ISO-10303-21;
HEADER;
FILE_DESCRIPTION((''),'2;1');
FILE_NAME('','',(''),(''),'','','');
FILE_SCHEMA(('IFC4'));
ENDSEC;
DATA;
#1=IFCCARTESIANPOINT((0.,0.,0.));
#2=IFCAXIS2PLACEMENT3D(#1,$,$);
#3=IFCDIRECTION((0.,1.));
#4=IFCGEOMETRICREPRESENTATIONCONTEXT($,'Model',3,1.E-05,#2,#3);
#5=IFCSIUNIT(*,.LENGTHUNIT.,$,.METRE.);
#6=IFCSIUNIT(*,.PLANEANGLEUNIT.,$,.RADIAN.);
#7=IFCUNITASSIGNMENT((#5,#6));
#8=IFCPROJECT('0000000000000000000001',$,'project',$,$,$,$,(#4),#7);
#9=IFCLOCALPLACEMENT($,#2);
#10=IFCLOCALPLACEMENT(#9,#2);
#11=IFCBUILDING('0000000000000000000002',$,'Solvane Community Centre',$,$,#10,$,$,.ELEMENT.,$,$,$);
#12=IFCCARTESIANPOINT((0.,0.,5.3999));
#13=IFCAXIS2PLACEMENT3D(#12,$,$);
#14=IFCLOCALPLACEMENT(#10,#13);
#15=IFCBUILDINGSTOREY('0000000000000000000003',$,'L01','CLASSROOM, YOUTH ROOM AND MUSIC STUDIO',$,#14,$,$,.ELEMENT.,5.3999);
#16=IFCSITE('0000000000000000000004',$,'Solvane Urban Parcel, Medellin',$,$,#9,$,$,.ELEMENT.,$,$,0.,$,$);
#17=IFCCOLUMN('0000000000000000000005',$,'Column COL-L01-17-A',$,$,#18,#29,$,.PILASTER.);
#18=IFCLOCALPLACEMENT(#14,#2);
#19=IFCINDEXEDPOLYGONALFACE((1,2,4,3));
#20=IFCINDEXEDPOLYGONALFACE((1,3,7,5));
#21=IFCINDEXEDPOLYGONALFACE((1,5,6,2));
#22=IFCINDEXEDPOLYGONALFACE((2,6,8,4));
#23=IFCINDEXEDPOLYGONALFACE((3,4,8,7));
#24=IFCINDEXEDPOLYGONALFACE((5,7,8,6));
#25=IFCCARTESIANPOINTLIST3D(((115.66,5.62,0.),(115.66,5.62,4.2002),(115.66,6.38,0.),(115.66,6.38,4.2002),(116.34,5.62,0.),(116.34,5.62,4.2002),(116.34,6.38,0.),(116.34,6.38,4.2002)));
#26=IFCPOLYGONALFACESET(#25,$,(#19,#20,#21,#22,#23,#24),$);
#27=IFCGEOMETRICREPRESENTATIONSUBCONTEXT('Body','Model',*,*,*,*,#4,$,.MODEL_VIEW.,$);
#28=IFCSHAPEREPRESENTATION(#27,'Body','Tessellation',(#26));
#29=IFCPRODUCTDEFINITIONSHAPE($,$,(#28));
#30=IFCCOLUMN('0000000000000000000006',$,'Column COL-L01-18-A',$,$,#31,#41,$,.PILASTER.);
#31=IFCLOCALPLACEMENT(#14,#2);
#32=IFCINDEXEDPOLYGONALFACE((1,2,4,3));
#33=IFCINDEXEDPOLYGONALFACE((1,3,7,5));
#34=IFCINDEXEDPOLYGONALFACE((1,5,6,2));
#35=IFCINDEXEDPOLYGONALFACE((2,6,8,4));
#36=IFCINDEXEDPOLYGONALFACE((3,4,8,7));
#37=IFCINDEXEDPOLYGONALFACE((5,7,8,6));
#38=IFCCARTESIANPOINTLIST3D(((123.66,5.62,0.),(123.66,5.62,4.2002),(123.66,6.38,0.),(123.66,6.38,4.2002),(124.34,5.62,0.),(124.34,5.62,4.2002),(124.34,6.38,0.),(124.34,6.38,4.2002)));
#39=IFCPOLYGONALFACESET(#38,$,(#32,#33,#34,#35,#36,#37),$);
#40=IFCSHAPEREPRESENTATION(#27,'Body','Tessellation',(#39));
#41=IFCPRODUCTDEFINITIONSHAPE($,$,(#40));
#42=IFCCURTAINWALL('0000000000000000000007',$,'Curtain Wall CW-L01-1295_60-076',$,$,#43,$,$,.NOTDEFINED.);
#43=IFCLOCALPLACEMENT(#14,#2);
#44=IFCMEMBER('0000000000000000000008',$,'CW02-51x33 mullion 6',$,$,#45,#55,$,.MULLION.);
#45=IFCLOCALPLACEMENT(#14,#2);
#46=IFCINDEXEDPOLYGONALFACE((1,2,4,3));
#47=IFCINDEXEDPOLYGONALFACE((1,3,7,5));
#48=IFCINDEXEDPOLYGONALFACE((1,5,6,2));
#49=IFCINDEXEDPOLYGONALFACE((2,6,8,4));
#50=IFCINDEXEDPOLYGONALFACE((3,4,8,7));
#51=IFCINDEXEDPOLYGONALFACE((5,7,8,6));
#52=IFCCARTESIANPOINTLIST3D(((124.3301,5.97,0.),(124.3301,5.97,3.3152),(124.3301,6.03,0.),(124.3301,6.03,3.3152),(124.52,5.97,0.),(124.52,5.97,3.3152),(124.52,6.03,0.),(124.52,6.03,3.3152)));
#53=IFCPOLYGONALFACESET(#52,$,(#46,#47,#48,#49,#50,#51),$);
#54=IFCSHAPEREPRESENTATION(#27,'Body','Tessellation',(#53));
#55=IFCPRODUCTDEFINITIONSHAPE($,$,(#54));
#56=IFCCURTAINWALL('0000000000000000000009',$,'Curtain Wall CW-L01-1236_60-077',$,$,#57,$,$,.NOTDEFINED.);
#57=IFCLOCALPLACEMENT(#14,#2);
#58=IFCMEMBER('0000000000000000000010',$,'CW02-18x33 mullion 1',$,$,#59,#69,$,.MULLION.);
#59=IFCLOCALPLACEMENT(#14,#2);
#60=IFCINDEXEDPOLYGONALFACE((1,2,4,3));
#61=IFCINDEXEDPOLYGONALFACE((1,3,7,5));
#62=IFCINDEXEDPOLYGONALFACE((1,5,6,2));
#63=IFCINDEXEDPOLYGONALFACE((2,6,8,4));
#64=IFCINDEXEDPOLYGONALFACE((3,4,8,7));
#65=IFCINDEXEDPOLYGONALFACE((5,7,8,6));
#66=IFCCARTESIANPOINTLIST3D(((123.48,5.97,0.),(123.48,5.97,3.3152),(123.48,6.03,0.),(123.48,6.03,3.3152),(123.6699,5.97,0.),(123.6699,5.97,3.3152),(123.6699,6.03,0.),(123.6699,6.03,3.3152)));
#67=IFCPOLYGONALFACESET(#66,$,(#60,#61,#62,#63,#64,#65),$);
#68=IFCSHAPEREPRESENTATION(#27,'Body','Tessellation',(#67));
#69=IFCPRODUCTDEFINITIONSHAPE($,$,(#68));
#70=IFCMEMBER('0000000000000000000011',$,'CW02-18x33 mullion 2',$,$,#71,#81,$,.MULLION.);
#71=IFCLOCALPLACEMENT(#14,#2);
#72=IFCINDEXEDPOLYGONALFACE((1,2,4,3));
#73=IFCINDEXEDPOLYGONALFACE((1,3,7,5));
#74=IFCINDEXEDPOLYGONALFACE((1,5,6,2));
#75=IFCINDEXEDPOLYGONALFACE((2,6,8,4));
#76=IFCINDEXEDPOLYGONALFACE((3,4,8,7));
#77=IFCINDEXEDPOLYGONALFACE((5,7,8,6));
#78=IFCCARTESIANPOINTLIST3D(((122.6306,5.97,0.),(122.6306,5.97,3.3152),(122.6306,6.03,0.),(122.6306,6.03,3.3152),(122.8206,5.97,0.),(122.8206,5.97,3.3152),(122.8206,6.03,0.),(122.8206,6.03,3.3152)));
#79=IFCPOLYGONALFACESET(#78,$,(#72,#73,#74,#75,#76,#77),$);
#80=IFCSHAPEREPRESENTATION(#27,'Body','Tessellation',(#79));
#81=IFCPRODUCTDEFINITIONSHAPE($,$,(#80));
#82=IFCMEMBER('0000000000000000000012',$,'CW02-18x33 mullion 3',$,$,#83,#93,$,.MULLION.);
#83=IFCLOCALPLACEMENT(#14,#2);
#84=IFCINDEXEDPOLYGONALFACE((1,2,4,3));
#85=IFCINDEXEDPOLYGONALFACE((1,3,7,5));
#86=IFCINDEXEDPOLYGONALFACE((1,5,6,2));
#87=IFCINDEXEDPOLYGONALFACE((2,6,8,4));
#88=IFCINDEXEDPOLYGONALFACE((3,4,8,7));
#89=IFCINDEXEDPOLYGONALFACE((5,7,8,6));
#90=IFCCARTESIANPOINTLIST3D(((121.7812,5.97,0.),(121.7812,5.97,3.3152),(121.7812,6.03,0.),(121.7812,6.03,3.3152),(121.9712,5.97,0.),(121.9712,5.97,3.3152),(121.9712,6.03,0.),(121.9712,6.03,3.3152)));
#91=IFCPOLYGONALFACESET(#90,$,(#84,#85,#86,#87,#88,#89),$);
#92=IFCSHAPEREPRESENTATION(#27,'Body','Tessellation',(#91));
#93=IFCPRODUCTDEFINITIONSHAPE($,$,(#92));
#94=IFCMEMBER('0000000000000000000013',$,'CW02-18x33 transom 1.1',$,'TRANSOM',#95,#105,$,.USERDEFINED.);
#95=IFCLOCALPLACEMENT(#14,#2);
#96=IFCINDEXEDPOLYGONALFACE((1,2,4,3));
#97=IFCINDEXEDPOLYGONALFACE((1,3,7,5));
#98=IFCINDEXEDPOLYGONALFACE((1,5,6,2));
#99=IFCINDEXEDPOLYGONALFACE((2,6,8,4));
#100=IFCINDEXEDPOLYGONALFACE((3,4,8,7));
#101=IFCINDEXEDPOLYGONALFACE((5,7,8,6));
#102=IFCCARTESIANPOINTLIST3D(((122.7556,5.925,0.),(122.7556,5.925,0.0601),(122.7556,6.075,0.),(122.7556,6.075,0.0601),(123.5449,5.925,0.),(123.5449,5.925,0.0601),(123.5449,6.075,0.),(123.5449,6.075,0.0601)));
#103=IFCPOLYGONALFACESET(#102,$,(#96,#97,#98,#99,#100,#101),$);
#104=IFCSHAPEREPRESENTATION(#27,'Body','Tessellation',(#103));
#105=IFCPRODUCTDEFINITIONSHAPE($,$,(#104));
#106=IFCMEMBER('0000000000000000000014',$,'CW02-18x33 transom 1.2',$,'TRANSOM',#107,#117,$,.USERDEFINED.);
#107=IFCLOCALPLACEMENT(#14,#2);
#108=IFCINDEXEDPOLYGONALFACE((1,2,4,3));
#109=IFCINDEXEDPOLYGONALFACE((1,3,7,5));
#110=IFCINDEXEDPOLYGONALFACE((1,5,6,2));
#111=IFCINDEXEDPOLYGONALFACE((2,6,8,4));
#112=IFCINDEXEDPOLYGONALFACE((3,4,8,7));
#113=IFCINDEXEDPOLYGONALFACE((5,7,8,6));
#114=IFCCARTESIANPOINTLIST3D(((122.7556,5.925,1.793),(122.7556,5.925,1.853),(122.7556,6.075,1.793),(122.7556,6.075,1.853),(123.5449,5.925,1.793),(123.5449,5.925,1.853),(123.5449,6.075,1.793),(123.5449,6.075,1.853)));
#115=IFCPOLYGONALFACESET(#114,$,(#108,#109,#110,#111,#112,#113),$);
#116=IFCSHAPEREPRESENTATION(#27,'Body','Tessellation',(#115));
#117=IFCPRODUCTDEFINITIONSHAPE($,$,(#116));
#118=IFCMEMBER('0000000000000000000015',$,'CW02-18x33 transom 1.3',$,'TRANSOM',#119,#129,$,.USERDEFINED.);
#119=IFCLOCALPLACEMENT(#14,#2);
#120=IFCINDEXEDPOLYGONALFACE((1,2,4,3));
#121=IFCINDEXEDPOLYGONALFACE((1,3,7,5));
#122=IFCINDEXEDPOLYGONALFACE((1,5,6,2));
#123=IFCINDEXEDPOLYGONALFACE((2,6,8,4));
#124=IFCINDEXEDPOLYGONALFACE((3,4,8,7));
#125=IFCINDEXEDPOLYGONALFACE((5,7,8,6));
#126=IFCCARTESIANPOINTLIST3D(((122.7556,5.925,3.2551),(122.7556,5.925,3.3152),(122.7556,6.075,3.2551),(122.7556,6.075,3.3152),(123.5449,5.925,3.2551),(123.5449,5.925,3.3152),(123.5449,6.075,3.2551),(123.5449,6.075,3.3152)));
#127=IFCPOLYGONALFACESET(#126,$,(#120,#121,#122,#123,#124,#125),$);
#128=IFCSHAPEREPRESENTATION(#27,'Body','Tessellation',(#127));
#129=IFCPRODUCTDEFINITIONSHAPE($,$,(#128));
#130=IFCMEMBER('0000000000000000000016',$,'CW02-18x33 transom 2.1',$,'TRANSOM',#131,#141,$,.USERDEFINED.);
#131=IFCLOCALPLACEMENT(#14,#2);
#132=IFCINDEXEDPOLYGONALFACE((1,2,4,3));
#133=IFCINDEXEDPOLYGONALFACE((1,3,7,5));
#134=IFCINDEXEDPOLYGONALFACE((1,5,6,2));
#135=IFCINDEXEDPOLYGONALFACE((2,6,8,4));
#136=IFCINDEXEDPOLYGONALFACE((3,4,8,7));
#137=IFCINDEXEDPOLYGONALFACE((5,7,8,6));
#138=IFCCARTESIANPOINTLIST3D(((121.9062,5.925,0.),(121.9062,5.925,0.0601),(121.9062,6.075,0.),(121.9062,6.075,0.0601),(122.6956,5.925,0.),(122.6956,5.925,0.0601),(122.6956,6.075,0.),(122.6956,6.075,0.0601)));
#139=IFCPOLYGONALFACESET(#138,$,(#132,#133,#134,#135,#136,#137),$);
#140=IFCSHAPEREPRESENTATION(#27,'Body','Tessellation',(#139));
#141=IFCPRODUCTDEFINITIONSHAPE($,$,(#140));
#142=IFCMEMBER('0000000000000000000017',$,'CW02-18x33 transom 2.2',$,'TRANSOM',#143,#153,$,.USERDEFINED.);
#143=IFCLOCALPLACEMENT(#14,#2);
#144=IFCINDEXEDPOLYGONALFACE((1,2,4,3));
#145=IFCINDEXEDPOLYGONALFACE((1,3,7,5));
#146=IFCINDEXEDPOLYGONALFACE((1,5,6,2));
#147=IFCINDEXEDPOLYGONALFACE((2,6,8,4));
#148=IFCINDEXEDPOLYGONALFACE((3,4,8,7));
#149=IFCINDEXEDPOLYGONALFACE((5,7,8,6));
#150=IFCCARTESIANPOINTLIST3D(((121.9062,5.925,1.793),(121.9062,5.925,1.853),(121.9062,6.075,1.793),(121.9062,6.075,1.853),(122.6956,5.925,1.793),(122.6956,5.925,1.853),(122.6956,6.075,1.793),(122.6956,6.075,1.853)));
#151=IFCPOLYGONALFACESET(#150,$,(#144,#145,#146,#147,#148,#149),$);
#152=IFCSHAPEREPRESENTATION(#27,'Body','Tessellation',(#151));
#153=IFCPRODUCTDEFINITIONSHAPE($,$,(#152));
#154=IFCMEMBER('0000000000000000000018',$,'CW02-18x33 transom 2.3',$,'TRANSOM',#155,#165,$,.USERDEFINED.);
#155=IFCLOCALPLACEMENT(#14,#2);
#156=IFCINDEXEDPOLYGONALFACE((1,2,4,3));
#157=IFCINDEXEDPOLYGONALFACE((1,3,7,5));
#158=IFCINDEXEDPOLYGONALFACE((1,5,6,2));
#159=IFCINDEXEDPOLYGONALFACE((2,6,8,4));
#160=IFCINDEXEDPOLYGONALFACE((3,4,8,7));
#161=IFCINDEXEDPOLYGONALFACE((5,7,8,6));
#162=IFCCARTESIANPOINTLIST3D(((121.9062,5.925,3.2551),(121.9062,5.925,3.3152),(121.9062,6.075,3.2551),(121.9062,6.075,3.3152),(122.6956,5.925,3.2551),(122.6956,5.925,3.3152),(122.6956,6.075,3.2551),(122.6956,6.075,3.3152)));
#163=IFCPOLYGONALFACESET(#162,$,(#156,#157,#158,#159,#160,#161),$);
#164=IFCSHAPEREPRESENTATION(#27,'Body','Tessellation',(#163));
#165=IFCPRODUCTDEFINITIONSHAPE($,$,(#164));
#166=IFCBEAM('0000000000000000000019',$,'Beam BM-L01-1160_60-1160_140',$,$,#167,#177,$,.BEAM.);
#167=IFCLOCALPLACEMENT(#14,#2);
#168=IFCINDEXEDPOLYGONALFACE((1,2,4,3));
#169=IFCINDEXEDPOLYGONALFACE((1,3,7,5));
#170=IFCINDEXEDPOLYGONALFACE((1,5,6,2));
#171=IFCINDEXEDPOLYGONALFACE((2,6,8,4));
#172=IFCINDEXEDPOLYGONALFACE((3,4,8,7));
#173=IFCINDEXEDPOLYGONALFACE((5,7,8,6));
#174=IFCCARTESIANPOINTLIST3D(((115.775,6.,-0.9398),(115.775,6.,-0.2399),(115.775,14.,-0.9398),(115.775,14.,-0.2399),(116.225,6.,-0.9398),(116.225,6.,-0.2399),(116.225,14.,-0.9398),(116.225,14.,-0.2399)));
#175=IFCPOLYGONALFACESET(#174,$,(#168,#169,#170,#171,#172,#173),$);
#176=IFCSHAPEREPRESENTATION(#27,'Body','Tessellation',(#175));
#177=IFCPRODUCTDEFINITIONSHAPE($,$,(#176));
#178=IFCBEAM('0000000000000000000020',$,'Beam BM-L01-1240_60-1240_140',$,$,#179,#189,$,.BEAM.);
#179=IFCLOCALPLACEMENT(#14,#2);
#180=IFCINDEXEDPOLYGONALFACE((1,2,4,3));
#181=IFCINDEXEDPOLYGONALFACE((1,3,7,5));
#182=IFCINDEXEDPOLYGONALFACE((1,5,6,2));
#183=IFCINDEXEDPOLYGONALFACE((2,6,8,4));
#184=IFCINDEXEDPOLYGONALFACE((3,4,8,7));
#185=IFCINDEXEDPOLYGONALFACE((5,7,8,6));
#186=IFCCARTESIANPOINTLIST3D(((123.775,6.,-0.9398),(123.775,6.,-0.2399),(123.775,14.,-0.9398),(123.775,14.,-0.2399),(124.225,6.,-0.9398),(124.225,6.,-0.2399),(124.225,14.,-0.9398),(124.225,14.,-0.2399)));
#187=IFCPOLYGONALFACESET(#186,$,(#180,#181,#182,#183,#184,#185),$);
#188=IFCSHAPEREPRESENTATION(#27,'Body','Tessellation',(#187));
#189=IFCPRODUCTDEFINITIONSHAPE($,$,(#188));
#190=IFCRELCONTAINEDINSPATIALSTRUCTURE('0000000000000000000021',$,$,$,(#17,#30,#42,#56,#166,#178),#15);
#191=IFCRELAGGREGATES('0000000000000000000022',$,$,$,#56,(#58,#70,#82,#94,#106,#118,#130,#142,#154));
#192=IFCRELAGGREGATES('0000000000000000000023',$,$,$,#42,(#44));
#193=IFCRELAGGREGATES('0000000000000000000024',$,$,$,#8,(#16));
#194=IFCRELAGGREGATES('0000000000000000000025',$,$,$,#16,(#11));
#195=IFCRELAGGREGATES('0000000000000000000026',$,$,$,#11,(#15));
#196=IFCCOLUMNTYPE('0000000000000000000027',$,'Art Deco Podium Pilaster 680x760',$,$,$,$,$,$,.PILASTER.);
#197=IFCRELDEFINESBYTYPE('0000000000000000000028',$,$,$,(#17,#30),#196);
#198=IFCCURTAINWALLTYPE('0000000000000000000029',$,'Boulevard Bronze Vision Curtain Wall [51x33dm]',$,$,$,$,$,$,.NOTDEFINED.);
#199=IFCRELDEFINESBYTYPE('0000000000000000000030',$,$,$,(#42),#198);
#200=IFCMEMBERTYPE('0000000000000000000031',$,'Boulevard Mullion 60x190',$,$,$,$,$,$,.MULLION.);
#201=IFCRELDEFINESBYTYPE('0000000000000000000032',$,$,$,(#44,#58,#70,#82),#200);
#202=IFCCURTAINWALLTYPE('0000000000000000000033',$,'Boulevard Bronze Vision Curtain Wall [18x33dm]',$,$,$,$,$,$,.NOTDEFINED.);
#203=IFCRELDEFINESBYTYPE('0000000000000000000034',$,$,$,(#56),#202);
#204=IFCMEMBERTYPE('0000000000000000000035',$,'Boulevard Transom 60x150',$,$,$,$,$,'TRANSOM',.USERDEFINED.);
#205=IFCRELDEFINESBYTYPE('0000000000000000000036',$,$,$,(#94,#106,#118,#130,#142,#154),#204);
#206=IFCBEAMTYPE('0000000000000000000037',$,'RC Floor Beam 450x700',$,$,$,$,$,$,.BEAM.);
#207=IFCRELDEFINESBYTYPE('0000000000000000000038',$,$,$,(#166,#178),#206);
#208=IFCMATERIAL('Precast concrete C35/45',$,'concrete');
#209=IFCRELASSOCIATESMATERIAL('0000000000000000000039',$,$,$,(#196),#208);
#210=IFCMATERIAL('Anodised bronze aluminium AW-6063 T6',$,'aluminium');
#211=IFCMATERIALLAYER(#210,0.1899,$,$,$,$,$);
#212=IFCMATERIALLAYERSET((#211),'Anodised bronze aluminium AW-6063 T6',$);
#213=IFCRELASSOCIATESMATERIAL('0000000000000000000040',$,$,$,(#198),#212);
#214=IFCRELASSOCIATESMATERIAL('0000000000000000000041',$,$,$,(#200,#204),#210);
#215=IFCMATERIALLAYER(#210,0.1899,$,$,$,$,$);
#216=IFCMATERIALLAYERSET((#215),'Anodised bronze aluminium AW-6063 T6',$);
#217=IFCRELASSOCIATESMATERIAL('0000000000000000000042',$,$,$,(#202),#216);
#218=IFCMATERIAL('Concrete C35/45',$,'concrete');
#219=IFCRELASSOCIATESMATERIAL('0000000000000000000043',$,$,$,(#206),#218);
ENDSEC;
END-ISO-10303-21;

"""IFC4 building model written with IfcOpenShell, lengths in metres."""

from ifc_helpers import new_model, si_unit, direction, frame, origin, origin_2d, place, context, subcontext, project, spatial, rectangle, extrude, material, layer, layer_set, material_profile, profile_set, type_object, element, aggregate, save


model = new_model("IFC4")

# Units and contexts
model_context = context("Model", 3, precision=1e-05, world=origin(), true_north=direction((0.0, 1.0)))
body_context = subcontext(model_context, "Body", "Model", "MODEL_VIEW")
ifc_project = project(units=[si_unit("LENGTHUNIT", "METRE"), si_unit("PLANEANGLEUNIT", "RADIAN")], contexts=[model_context])

# Site, building, storey
site_placement = place(None, origin())
site = spatial("IfcSite", under=ifc_project, at=site_placement, Name="Solvane Urban Parcel, Medellin", CompositionType="ELEMENT", RefElevation=0.0)
building_placement = place(site_placement, origin())
building = spatial("IfcBuilding", under=site, at=building_placement, Name="Solvane Community Centre", CompositionType="ELEMENT")
storey_placement = place(building_placement, frame((0.0, 0.0, 5.3999)))
storey = spatial("IfcBuildingStorey", under=building, at=storey_placement, Name="L01", Description="CLASSROOM, YOUTH ROOM AND MUSIC STUDIO", CompositionType="ELEMENT", Elevation=5.3999)

# Columns
ifc_material_1 = material(Name="Precast concrete C35/45", Category="concrete")
ifc_material_profile_1 = material_profile(ifc_material_1, rectangle(XDim=0.6799, YDim=0.76, at=origin_2d()), Name="RC 680x760")
ifc_profile_set_1 = profile_set([ifc_material_profile_1], Name="Precast concrete C35/45")
column_type = type_object("IfcColumnType", Name="Art Deco Podium Pilaster 680x760", PredefinedType="PILASTER", material=ifc_profile_set_1)
for number, where, z_axis, x_axis, name in (
    (1, (116.0, 6.0, 0.0), (0.0, 0.0, 1.0), (1.0, 0.0, 0.0), "Column COL-L01-17-A"),
    (2, (124.0, 6.0, 0.0), (0.0, 0.0, 1.0), (1.0, 0.0, 0.0), "Column COL-L01-18-A"),
):
    element("IfcColumn", number, at=place(storey_placement, frame(where, z_axis=z_axis, x_axis=x_axis)), inside=storey, type_object=column_type, Name=name, PredefinedType="PILASTER", context=body_context, shape_type="SweptSolid", body=[
        extrude(rectangle(XDim=0.6799, YDim=0.76, at=origin_2d()), origin(), (0.0, 0.0, 1.0), 4.2002),
    ])

# Curtain wall, member
ifc_material_2 = material(Name="Anodised bronze aluminium AW-6063 T6", Category="aluminium")
ifc_layer_1 = layer(ifc_material_2, 0.1899)
ifc_layer_set_1 = layer_set([ifc_layer_1], Name="Anodised bronze aluminium AW-6063 T6")
curtain_wall_type_1 = type_object("IfcCurtainWallType", Name="Boulevard Bronze Vision Curtain Wall [51x33dm]", PredefinedType="NOTDEFINED", material=ifc_layer_set_1)
curtain_wall_1_placement = place(storey_placement, origin())
curtain_wall_1 = element("IfcCurtainWall", 3, at=curtain_wall_1_placement, inside=storey, type_object=curtain_wall_type_1, Name="Curtain Wall CW-L01-1295_60-076", PredefinedType="NOTDEFINED")
ifc_material_profile_2 = material_profile(ifc_material_2, rectangle(XDim=0.0601, YDim=0.1899, at=origin_2d()), Name="CW-M 60x190")
ifc_profile_set_2 = profile_set([ifc_material_profile_2], Name="Anodised bronze aluminium AW-6063 T6")
member_type_1 = type_object("IfcMemberType", Name="Boulevard Mullion 60x190", PredefinedType="MULLION", material=ifc_profile_set_2)
member_1_placement = place(storey_placement, frame((124.425, 6.0, 0.0), z_axis=(0.0, 0.0, 1.0), x_axis=(0.0, -1.0, 0.0)))
member_1 = element("IfcMember", 4, at=member_1_placement, type_object=member_type_1, Name="CW02-51x33 mullion 6", PredefinedType="MULLION", context=body_context, shape_type="SweptSolid", body=[
    extrude(rectangle(XDim=0.0601, YDim=0.1899, at=origin_2d()), origin(), (0.0, 0.0, 1.0), 3.3152),
])

# Curtain wall, members
ifc_layer_2 = layer(ifc_material_2, 0.1899)
ifc_layer_set_2 = layer_set([ifc_layer_2], Name="Anodised bronze aluminium AW-6063 T6")
curtain_wall_type_2 = type_object("IfcCurtainWallType", Name="Boulevard Bronze Vision Curtain Wall [18x33dm]", PredefinedType="NOTDEFINED", material=ifc_layer_set_2)
curtain_wall_2_placement = place(storey_placement, origin())
curtain_wall_2 = element("IfcCurtainWall", 5, at=curtain_wall_2_placement, inside=storey, type_object=curtain_wall_type_2, Name="Curtain Wall CW-L01-1236_60-077", PredefinedType="NOTDEFINED")
member_2_placement = place(storey_placement, frame((123.575, 6.0, 0.0), z_axis=(0.0, 0.0, 1.0), x_axis=(0.0, -1.0, 0.0)))
member_2 = element("IfcMember", 6, at=member_2_placement, type_object=member_type_1, Name="CW02-18x33 mullion 1", PredefinedType="MULLION", context=body_context, shape_type="SweptSolid", body=[
    extrude(rectangle(XDim=0.0601, YDim=0.1899, at=origin_2d()), origin(), (0.0, 0.0, 1.0), 3.3152),
])
member_3_placement = place(storey_placement, frame((122.7256, 6.0, 0.0), z_axis=(0.0, 0.0, 1.0), x_axis=(0.0, -1.0, 0.0)))
member_3 = element("IfcMember", 7, at=member_3_placement, type_object=member_type_1, Name="CW02-18x33 mullion 2", PredefinedType="MULLION", context=body_context, shape_type="SweptSolid", body=[
    extrude(rectangle(XDim=0.0601, YDim=0.1899, at=origin_2d()), origin(), (0.0, 0.0, 1.0), 3.3152),
])
member_4_placement = place(storey_placement, frame((121.8762, 6.0, 0.0), z_axis=(0.0, 0.0, 1.0), x_axis=(0.0, -1.0, 0.0)))
member_4 = element("IfcMember", 8, at=member_4_placement, type_object=member_type_1, Name="CW02-18x33 mullion 3", PredefinedType="MULLION", context=body_context, shape_type="SweptSolid", body=[
    extrude(rectangle(XDim=0.0601, YDim=0.1899, at=origin_2d()), origin(), (0.0, 0.0, 1.0), 3.3152),
])
ifc_material_profile_3 = material_profile(ifc_material_2, rectangle(XDim=0.1499, YDim=0.0601, at=origin_2d()), Name="CW-T 60x150")
ifc_profile_set_3 = profile_set([ifc_material_profile_3], Name="Anodised bronze aluminium AW-6063 T6")
member_type_2 = type_object("IfcMemberType", Name="Boulevard Transom 60x150", ElementType="TRANSOM", PredefinedType="USERDEFINED", material=ifc_profile_set_3)
member_5_placement = place(storey_placement, frame((123.5449, 6.0, 0.03), z_axis=(-1.0, 0.0, 0.0), x_axis=(0.0, -1.0, 0.0)))
member_5 = element("IfcMember", 9, at=member_5_placement, type_object=member_type_2, Name="CW02-18x33 transom 1.1", ObjectType="TRANSOM", PredefinedType="USERDEFINED", context=body_context, shape_type="SweptSolid", body=[
    extrude(rectangle(XDim=0.1499, YDim=0.0601, at=origin_2d()), origin(), (0.0, 0.0, 1.0), 0.7893),
])
member_6_placement = place(storey_placement, frame((123.5449, 6.0, 1.823), z_axis=(-1.0, 0.0, 0.0), x_axis=(0.0, -1.0, 0.0)))
member_6 = element("IfcMember", 10, at=member_6_placement, type_object=member_type_2, Name="CW02-18x33 transom 1.2", ObjectType="TRANSOM", PredefinedType="USERDEFINED", context=body_context, shape_type="SweptSolid", body=[
    extrude(rectangle(XDim=0.1499, YDim=0.0601, at=origin_2d()), origin(), (0.0, 0.0, 1.0), 0.7893),
])
member_7_placement = place(storey_placement, frame((123.5449, 6.0, 3.2852), z_axis=(-1.0, 0.0, 0.0), x_axis=(0.0, -1.0, 0.0)))
member_7 = element("IfcMember", 11, at=member_7_placement, type_object=member_type_2, Name="CW02-18x33 transom 1.3", ObjectType="TRANSOM", PredefinedType="USERDEFINED", context=body_context, shape_type="SweptSolid", body=[
    extrude(rectangle(XDim=0.1499, YDim=0.0601, at=origin_2d()), origin(), (0.0, 0.0, 1.0), 0.7893),
])
member_8_placement = place(storey_placement, frame((122.6956, 6.0, 0.03), z_axis=(-1.0, 0.0, 0.0), x_axis=(0.0, -1.0, 0.0)))
member_8 = element("IfcMember", 12, at=member_8_placement, type_object=member_type_2, Name="CW02-18x33 transom 2.1", ObjectType="TRANSOM", PredefinedType="USERDEFINED", context=body_context, shape_type="SweptSolid", body=[
    extrude(rectangle(XDim=0.1499, YDim=0.0601, at=origin_2d()), origin(), (0.0, 0.0, 1.0), 0.7893),
])
member_9_placement = place(storey_placement, frame((122.6956, 6.0, 1.823), z_axis=(-1.0, 0.0, 0.0), x_axis=(0.0, -1.0, 0.0)))
member_9 = element("IfcMember", 13, at=member_9_placement, type_object=member_type_2, Name="CW02-18x33 transom 2.2", ObjectType="TRANSOM", PredefinedType="USERDEFINED", context=body_context, shape_type="SweptSolid", body=[
    extrude(rectangle(XDim=0.1499, YDim=0.0601, at=origin_2d()), origin(), (0.0, 0.0, 1.0), 0.7893),
])
member_10_placement = place(storey_placement, frame((122.6956, 6.0, 3.2852), z_axis=(-1.0, 0.0, 0.0), x_axis=(0.0, -1.0, 0.0)))
member_10 = element("IfcMember", 14, at=member_10_placement, type_object=member_type_2, Name="CW02-18x33 transom 2.3", ObjectType="TRANSOM", PredefinedType="USERDEFINED", context=body_context, shape_type="SweptSolid", body=[
    extrude(rectangle(XDim=0.1499, YDim=0.0601, at=origin_2d()), origin(), (0.0, 0.0, 1.0), 0.7893),
])

# Beams
ifc_material_3 = material(Name="Concrete C35/45", Category="concrete")
ifc_material_profile_4 = material_profile(ifc_material_3, rectangle(XDim=0.45, YDim=0.7, at=origin_2d()), Name="RC 450x700")
ifc_profile_set_4 = profile_set([ifc_material_profile_4], Name="Concrete C35/45")
beam_type_1 = type_object("IfcBeamType", Name="RC Floor Beam 450x700", PredefinedType="BEAM", material=ifc_profile_set_4)
for number, where, z_axis, x_axis, name in (
    (15, (116.0, 6.0, -0.5898), (0.0, 1.0, 0.0), (-1.0, 0.0, 0.0), "Beam BM-L01-1160_60-1160_140"),
    (16, (124.0, 6.0, -0.5898), (0.0, 1.0, 0.0), (-1.0, 0.0, 0.0), "Beam BM-L01-1240_60-1240_140"),
):
    element("IfcBeam", number, at=place(storey_placement, frame(where, z_axis=z_axis, x_axis=x_axis)), inside=storey, type_object=beam_type_1, Name=name, PredefinedType="BEAM", context=body_context, shape_type="SweptSolid", body=[
        extrude(rectangle(XDim=0.45, YDim=0.7, at=origin_2d()), origin(), (0.0, 0.0, 1.0), 8.0),
    ])

aggregate(curtain_wall_2, [member_2, member_3, member_4, member_5, member_6, member_7, member_8, member_9, member_10])
aggregate(curtain_wall_1, [member_1])

save(model, "model.ifc")
